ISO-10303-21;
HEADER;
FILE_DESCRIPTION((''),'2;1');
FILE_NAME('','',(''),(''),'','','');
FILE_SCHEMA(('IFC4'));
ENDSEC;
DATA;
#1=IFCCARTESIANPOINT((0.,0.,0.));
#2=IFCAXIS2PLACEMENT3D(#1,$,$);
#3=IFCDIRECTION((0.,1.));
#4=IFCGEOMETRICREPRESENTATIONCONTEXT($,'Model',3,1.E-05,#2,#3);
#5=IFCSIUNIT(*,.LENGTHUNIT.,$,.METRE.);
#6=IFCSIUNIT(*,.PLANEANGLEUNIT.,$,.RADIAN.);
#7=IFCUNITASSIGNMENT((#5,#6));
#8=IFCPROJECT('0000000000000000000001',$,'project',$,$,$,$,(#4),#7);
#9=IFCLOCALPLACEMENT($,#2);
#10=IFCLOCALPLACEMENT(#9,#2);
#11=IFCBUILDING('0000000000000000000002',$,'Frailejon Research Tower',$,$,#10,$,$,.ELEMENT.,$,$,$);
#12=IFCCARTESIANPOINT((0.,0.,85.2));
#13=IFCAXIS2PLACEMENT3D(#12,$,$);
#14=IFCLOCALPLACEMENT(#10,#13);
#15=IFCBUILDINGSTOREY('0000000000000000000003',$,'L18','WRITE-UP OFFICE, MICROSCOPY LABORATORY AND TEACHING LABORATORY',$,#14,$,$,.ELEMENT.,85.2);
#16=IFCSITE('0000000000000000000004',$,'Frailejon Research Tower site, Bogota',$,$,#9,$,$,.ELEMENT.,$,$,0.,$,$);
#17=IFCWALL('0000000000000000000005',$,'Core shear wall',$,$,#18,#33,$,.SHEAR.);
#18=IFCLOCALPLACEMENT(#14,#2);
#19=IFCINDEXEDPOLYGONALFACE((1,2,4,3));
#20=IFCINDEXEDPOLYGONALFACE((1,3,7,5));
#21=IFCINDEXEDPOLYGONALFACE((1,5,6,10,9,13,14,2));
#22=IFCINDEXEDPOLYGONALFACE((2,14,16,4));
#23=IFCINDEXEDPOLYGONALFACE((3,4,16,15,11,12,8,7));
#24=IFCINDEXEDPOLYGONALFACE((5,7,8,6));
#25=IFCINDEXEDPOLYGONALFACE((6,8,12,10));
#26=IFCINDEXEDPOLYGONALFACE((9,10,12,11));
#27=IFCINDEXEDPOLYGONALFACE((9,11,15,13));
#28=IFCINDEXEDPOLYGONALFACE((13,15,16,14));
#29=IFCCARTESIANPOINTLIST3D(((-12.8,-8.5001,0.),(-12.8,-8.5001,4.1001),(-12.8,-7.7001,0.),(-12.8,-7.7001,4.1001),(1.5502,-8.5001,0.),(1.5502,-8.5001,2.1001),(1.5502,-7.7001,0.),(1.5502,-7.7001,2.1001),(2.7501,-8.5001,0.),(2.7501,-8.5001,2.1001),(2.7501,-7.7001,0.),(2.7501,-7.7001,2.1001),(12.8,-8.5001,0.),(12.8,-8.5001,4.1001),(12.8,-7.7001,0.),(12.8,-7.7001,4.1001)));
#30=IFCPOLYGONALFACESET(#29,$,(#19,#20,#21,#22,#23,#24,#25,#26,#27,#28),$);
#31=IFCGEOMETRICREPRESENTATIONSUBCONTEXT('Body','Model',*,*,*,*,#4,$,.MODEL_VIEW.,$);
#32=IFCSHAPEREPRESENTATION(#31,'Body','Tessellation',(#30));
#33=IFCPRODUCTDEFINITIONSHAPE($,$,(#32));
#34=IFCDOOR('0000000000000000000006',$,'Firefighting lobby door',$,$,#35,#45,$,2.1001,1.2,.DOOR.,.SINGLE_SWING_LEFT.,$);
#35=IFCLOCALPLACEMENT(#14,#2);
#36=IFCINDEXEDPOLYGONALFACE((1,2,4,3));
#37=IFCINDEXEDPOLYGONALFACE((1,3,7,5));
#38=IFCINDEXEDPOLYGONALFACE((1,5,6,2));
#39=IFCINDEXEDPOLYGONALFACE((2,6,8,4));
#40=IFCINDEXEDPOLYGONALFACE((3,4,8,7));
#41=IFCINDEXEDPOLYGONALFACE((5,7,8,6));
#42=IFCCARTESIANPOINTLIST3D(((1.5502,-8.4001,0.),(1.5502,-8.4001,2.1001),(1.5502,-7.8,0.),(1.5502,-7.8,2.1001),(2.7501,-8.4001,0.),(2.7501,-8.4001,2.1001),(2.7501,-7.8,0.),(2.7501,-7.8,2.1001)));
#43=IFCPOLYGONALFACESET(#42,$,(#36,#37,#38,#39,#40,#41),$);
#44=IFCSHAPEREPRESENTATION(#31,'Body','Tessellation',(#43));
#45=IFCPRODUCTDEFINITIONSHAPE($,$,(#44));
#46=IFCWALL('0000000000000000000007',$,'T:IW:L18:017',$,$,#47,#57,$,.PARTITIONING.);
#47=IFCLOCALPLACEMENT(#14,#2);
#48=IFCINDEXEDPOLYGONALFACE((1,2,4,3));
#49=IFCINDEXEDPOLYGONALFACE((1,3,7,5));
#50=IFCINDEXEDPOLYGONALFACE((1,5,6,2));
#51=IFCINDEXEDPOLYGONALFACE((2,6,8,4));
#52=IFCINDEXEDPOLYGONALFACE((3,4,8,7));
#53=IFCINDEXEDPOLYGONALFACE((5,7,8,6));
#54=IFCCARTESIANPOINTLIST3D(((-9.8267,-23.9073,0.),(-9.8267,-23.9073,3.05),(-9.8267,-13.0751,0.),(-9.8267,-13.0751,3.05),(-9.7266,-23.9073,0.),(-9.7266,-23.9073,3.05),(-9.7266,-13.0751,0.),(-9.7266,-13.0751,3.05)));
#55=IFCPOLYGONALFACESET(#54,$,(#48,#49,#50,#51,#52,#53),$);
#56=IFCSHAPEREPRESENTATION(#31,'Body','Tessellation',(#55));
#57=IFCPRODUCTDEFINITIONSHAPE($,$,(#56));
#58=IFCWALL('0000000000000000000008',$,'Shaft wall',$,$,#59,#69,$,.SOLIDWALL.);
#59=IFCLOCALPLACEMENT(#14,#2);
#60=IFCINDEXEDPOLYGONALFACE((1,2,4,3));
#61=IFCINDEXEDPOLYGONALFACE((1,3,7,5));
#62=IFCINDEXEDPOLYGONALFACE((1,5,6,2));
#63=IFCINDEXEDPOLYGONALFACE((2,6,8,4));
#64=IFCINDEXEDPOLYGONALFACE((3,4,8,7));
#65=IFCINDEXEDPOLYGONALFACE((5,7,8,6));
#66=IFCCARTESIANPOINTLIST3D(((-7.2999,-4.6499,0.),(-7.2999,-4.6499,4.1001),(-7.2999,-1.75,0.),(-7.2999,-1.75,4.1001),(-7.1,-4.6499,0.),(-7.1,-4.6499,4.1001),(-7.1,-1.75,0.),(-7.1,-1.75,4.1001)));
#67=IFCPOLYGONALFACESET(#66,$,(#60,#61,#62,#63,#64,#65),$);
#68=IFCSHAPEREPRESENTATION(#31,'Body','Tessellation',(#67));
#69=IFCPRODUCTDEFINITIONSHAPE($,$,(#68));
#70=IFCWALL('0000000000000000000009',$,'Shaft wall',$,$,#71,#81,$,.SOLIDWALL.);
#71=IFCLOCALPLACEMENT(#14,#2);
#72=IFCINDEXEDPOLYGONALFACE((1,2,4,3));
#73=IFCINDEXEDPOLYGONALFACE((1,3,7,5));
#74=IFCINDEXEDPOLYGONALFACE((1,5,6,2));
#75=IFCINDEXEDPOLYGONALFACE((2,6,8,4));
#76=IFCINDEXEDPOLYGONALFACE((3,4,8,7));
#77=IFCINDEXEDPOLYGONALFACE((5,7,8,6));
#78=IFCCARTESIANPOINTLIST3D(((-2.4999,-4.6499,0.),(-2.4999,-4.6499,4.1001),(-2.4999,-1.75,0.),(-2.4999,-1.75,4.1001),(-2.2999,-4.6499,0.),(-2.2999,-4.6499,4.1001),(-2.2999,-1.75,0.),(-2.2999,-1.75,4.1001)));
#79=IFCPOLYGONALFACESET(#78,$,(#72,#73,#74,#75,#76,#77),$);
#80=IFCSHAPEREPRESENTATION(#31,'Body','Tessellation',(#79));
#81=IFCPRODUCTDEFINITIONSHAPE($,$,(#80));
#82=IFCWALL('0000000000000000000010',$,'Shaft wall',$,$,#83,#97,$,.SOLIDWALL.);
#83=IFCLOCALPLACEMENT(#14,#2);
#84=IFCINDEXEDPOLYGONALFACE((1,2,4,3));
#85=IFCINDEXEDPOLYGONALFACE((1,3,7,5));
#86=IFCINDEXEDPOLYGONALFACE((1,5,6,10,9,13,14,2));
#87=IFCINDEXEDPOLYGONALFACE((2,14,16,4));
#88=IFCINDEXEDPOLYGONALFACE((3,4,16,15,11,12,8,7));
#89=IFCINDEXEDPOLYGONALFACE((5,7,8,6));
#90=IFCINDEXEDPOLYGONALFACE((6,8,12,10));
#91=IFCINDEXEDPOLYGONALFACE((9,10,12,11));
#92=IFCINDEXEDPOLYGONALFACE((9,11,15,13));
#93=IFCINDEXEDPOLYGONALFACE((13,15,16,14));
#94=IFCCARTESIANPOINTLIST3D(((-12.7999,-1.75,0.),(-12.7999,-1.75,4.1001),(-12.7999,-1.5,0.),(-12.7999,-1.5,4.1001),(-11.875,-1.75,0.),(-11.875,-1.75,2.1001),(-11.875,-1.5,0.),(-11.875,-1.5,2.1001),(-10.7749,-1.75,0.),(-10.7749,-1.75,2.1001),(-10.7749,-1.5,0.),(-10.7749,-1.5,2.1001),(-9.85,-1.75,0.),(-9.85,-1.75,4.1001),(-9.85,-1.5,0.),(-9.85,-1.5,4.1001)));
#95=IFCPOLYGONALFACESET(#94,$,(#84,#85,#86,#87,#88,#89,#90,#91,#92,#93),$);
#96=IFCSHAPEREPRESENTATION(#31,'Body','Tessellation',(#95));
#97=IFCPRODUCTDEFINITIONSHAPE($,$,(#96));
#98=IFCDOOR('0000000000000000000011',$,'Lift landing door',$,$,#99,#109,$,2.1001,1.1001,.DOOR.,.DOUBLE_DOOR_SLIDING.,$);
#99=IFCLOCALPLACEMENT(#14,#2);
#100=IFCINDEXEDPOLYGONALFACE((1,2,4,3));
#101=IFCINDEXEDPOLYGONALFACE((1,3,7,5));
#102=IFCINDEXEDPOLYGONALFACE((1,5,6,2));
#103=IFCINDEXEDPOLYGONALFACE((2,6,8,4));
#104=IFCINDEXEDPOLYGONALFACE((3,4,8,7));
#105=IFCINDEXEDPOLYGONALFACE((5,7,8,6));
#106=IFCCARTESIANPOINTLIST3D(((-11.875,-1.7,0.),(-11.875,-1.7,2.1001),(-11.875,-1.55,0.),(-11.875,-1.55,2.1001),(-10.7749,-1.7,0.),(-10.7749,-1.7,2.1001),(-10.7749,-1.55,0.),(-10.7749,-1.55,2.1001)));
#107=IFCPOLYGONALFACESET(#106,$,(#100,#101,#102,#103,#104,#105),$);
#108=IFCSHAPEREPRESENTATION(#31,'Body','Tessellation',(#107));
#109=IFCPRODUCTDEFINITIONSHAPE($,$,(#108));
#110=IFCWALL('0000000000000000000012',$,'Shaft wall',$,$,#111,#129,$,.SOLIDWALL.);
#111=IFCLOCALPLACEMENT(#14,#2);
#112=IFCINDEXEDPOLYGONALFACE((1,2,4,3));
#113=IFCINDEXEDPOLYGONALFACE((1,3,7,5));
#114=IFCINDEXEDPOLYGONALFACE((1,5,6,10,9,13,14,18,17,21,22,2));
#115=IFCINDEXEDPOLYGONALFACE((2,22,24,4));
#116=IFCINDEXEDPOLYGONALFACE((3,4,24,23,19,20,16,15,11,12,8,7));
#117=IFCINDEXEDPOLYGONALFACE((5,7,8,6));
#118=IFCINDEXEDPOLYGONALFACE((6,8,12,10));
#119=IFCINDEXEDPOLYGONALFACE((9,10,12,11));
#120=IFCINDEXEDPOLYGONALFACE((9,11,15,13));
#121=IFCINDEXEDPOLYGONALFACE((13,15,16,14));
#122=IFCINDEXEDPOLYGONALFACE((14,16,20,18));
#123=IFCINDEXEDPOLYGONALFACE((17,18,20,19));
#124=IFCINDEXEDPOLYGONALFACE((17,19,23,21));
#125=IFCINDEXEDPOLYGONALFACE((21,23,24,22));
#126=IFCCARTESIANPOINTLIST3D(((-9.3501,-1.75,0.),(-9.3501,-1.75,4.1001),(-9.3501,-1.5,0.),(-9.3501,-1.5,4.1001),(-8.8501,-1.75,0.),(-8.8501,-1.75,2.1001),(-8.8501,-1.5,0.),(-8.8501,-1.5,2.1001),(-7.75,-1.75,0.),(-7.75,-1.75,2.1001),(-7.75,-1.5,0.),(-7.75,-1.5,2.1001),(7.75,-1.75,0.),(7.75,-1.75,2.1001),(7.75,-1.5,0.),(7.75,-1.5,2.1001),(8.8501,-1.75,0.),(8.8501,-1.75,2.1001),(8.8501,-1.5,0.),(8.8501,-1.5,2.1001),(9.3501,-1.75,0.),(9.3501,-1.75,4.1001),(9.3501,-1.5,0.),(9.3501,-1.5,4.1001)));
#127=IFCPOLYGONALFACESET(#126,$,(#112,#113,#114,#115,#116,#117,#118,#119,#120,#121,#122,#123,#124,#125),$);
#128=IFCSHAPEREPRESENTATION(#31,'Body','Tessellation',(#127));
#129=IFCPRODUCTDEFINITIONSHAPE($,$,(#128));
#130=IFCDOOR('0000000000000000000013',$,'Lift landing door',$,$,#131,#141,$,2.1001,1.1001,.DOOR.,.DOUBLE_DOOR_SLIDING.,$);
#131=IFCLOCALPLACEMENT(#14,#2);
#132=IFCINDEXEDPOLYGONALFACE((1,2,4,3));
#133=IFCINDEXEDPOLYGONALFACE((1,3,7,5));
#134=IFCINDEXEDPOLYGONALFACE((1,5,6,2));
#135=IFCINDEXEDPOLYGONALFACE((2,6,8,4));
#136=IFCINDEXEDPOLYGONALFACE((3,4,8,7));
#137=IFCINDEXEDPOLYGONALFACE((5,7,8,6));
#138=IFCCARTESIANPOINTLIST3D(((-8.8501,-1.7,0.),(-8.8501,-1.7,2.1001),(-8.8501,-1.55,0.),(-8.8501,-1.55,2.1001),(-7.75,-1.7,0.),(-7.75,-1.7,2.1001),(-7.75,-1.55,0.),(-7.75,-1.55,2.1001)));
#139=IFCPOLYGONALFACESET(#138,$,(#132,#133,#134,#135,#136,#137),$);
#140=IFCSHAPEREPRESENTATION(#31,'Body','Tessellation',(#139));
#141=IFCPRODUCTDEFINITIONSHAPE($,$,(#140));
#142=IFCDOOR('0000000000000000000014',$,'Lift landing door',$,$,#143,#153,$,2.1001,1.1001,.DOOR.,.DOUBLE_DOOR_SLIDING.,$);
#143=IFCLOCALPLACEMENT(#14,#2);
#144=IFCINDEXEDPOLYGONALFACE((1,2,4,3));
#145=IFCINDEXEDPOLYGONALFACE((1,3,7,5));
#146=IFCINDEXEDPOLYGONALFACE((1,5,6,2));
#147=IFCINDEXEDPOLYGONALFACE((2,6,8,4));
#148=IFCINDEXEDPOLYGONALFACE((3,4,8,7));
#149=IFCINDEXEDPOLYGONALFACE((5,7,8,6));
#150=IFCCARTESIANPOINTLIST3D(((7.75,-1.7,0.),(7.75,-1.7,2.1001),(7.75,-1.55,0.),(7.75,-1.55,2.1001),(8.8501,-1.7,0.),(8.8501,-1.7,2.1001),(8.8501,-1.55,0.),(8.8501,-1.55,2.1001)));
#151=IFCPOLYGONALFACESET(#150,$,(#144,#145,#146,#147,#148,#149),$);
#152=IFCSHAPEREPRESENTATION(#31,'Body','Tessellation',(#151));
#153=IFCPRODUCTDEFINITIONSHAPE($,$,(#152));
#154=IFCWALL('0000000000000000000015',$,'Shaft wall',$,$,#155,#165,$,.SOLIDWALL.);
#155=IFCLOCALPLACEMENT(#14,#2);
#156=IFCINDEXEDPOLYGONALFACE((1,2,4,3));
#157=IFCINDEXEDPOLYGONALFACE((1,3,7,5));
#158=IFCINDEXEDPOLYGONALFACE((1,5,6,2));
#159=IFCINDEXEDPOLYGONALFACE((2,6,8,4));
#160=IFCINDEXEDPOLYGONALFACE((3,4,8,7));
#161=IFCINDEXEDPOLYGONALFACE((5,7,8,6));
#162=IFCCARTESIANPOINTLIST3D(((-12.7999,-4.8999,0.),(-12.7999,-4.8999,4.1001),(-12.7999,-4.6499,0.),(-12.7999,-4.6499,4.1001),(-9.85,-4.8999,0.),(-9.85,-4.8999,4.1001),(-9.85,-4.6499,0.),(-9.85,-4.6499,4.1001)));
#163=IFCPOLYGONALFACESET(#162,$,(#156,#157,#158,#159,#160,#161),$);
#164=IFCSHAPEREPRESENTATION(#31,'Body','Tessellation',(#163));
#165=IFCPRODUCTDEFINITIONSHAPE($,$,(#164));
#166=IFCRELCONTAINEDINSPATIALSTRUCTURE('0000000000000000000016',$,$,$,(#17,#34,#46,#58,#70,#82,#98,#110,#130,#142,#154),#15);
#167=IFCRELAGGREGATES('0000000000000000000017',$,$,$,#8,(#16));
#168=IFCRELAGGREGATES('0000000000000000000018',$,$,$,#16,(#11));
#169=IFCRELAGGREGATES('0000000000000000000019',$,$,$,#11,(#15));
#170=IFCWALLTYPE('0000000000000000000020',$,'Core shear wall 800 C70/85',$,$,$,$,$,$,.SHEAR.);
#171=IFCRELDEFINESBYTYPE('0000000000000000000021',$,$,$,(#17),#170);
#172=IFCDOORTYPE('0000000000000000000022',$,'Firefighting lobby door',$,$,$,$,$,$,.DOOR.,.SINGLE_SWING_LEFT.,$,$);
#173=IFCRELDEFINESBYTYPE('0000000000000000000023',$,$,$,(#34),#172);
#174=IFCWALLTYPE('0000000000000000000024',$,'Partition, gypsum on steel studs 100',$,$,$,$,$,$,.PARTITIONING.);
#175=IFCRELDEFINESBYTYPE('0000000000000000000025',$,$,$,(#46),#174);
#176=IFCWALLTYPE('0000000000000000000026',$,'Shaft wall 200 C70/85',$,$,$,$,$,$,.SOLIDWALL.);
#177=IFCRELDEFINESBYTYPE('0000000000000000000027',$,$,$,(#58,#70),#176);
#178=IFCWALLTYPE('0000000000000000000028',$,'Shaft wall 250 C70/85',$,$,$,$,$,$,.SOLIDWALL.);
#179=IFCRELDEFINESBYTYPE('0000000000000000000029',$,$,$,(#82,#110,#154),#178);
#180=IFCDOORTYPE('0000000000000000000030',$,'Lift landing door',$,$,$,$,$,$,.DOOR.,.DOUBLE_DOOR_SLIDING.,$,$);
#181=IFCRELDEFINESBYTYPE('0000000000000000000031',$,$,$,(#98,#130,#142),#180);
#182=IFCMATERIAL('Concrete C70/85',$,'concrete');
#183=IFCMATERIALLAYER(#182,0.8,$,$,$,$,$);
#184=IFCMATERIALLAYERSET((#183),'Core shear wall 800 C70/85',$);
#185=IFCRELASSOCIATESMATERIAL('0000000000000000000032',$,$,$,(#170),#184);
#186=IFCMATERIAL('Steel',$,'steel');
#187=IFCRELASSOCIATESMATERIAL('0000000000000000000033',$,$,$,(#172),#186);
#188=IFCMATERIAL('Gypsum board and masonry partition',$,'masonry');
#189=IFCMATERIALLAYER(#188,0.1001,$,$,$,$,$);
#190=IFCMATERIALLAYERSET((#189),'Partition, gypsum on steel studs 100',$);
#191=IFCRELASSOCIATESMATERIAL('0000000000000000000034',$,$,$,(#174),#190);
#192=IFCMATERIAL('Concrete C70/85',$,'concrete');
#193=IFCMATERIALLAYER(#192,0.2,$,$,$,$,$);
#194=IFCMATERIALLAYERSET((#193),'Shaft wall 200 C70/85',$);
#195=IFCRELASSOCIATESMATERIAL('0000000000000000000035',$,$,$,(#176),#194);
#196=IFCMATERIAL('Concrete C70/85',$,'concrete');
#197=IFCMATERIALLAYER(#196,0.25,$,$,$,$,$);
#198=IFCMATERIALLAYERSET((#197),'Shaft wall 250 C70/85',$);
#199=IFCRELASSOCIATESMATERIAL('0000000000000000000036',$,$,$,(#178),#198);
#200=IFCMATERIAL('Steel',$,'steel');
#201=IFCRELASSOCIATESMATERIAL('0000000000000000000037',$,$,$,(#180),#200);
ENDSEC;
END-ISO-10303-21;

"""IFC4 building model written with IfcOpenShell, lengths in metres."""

from ifc_helpers import new_model, si_unit, direction, frame, frame_2d, origin, place, context, subcontext, project, spatial, rectangle, extrude, material, layer, layer_set, type_object, element, fill, save


model = new_model("IFC4")

# Units and contexts
model_context = context("Model", 3, precision=1e-05, world=origin(), true_north=direction((0.0, 1.0)))
body_context = subcontext(model_context, "Body", "Model", "MODEL_VIEW")
ifc_project = project(units=[si_unit("LENGTHUNIT", "METRE"), si_unit("PLANEANGLEUNIT", "RADIAN")], contexts=[model_context])

# Site, building, storey
site_placement = place(None, origin())
site = spatial("IfcSite", under=ifc_project, at=site_placement, Name="Frailejon Research Tower site, Bogota", CompositionType="ELEMENT", RefElevation=0.0)
building_placement = place(site_placement, origin())
building = spatial("IfcBuilding", under=site, at=building_placement, Name="Frailejon Research Tower", CompositionType="ELEMENT")
storey_placement = place(building_placement, frame((0.0, 0.0, 85.2)))
storey = spatial("IfcBuildingStorey", under=building, at=storey_placement, Name="L18", Description="WRITE-UP OFFICE, MICROSCOPY LABORATORY AND TEACHING LABORATORY", CompositionType="ELEMENT", Elevation=85.2)

# Shared definitions
ifc_material_1 = material(Name="Concrete C70/85", Category="concrete")
ifc_layer_1 = layer(ifc_material_1, 0.8)
ifc_layer_set_1 = layer_set([ifc_layer_1], Name="Core shear wall 800 C70/85")
wall_type_1 = type_object("IfcWallType", Name="Core shear wall 800 C70/85", PredefinedType="SHEAR", material=ifc_layer_set_1)

# Wall, opening, door
wall_1_placement = place(storey_placement, frame((-12.8, -8.1001, 0.0), z_axis=(0.0, 0.0, 1.0), x_axis=(1.0, 0.0, 0.0)))
wall_1 = element("IfcWall", 1, at=wall_1_placement, inside=storey, type_object=wall_type_1, Name="Core shear wall", PredefinedType="SHEAR", context=body_context, shape_type="SweptSolid", body=[
    extrude(rectangle(XDim=25.6001, YDim=0.8, at=frame_2d((12.8, 0.0))), origin(), (0.0, 0.0, 1.0), 4.1001),
])
opening_1_placement = place(wall_1_placement, frame((14.3501, 0.0, 0.0)))
opening_1 = element("IfcOpeningElement", 2, at=opening_1_placement, cuts=wall_1, PredefinedType="OPENING", context=body_context, shape_type="SweptSolid", body=[
    extrude(rectangle(XDim=1.2, YDim=2.1001, at=frame_2d((0.6001, 1.05))), frame((0.0, 0.4099, 0.0), z_axis=(0.0, -1.0, 0.0), x_axis=(1.0, 0.0, 0.0)), (0.0, 0.0, 1.0), 0.8201),
])
ifc_material_2 = material(Name="Steel", Category="steel")
door_type_1 = type_object("IfcDoorType", Name="Firefighting lobby door", OperationType="SINGLE_SWING_LEFT", PredefinedType="DOOR", material=ifc_material_2)
door_1_placement = place(opening_1_placement, origin())
door_1 = element("IfcDoor", 3, at=door_1_placement, inside=storey, type_object=door_type_1, Name="Firefighting lobby door", OperationType="SINGLE_SWING_LEFT", OverallHeight=2.1001, OverallWidth=1.2, PredefinedType="DOOR", context=body_context, shape_type="SweptSolid", body=[
    extrude(rectangle(XDim=1.2, YDim=2.1001, at=frame_2d((0.6001, 1.05))), frame((0.0, 0.3, 0.0), z_axis=(0.0, -1.0, 0.0), x_axis=(1.0, 0.0, 0.0)), (0.0, 0.0, 1.0), 0.6001),
])
fill(opening_1, door_1)

# Walls
ifc_material_3 = material(Name="Gypsum board and masonry partition", Category="masonry")
ifc_layer_2 = layer(ifc_material_3, 0.1001)
ifc_layer_set_2 = layer_set([ifc_layer_2], Name="Partition, gypsum on steel studs 100")
wall_type_2 = type_object("IfcWallType", Name="Partition, gypsum on steel studs 100", PredefinedType="PARTITIONING", material=ifc_layer_set_2)
wall_2_placement = place(storey_placement, frame((-9.7766, -23.9072, 0.0), z_axis=(0.0, 0.0, 1.0), x_axis=(0.0, 1.0, 0.0)))
element("IfcWall", 4, at=wall_2_placement, inside=storey, type_object=wall_type_2, Name="T:IW:L18:017", PredefinedType="PARTITIONING", context=body_context, shape_type="SweptSolid", body=[
    extrude(rectangle(XDim=10.8323, YDim=0.1001, at=frame_2d((5.416, 0.0))), origin(), (0.0, 0.0, 1.0), 3.05),
])
ifc_material_4 = material(Name="Concrete C70/85", Category="concrete")
ifc_layer_3 = layer(ifc_material_4, 0.2)
ifc_layer_set_3 = layer_set([ifc_layer_3], Name="Shaft wall 200 C70/85")
wall_type_3 = type_object("IfcWallType", Name="Shaft wall 200 C70/85", PredefinedType="SOLIDWALL", material=ifc_layer_set_3)
for number, where, z_axis, x_axis, name in (
    (5, (-7.2, -4.6499, 0.0), (0.0, 0.0, 1.0), (0.0, 1.0, 0.0), "Shaft wall"),
    (6, (-2.3999, -4.6499, 0.0), (0.0, 0.0, 1.0), (0.0, 1.0, 0.0), "Shaft wall"),
):
    element("IfcWall", number, at=place(storey_placement, frame(where, z_axis=z_axis, x_axis=x_axis)), inside=storey, type_object=wall_type_3, Name=name, PredefinedType="SOLIDWALL", context=body_context, shape_type="SweptSolid", body=[
        extrude(rectangle(XDim=2.8999, YDim=0.2, at=frame_2d((1.45, 0.0))), origin(), (0.0, 0.0, 1.0), 4.1001),
    ])

# Wall, opening, door
ifc_material_5 = material(Name="Concrete C70/85", Category="concrete")
ifc_layer_4 = layer(ifc_material_5, 0.25)
ifc_layer_set_4 = layer_set([ifc_layer_4], Name="Shaft wall 250 C70/85")
wall_type_4 = type_object("IfcWallType", Name="Shaft wall 250 C70/85", PredefinedType="SOLIDWALL", material=ifc_layer_set_4)
wall_3_placement = place(storey_placement, frame((-12.8, -1.625, 0.0), z_axis=(0.0, 0.0, 1.0), x_axis=(1.0, 0.0, 0.0)))
wall_3 = element("IfcWall", 7, at=wall_3_placement, inside=storey, type_object=wall_type_4, Name="Shaft wall", PredefinedType="SOLIDWALL", context=body_context, shape_type="SweptSolid", body=[
    extrude(rectangle(XDim=2.95, YDim=0.25, at=frame_2d((1.4751, 0.0))), origin(), (0.0, 0.0, 1.0), 4.1001),
])
opening_2_placement = place(wall_3_placement, frame((0.925, 0.0, 0.0)))
opening_2 = element("IfcOpeningElement", 8, at=opening_2_placement, cuts=wall_3, PredefinedType="OPENING", context=body_context, shape_type="SweptSolid", body=[
    extrude(rectangle(XDim=1.1001, YDim=2.1001, at=frame_2d((0.55, 1.05))), frame((0.0, 0.135, 0.0), z_axis=(0.0, -1.0, 0.0), x_axis=(1.0, 0.0, 0.0)), (0.0, 0.0, 1.0), 0.27),
])
ifc_material_6 = material(Name="Steel", Category="steel")
door_type_2 = type_object("IfcDoorType", Name="Lift landing door", OperationType="DOUBLE_DOOR_SLIDING", PredefinedType="DOOR", material=ifc_material_6)
door_2_placement = place(opening_2_placement, origin())
door_2 = element("IfcDoor", 9, at=door_2_placement, inside=storey, type_object=door_type_2, Name="Lift landing door", OperationType="DOUBLE_DOOR_SLIDING", OverallHeight=2.1001, OverallWidth=1.1001, PredefinedType="DOOR", context=body_context, shape_type="SweptSolid", body=[
    extrude(rectangle(XDim=1.1001, YDim=2.1001, at=frame_2d((0.55, 1.05))), frame((0.0, 0.075, 0.0), z_axis=(0.0, -1.0, 0.0), x_axis=(1.0, 0.0, 0.0)), (0.0, 0.0, 1.0), 0.1499),
])
fill(opening_2, door_2)

# Wall, openings, doors
wall_4_placement = place(storey_placement, frame((-9.3501, -1.625, 0.0), z_axis=(0.0, 0.0, 1.0), x_axis=(1.0, 0.0, 0.0)))
wall_4 = element("IfcWall", 10, at=wall_4_placement, inside=storey, type_object=wall_type_4, Name="Shaft wall", PredefinedType="SOLIDWALL", context=body_context, shape_type="SweptSolid", body=[
    extrude(rectangle(XDim=18.7002, YDim=0.25, at=frame_2d((9.3501, 0.0))), origin(), (0.0, 0.0, 1.0), 4.1001),
])
opening_3_placement = place(wall_4_placement, frame((0.5, 0.0, 0.0)))
opening_3 = element("IfcOpeningElement", 11, at=opening_3_placement, cuts=wall_4, PredefinedType="OPENING", context=body_context, shape_type="SweptSolid", body=[
    extrude(rectangle(XDim=1.1001, YDim=2.1001, at=frame_2d((0.55, 1.05))), frame((0.0, 0.135, 0.0), z_axis=(0.0, -1.0, 0.0), x_axis=(1.0, 0.0, 0.0)), (0.0, 0.0, 1.0), 0.27),
])
opening_4_placement = place(wall_4_placement, frame((17.1001, 0.0, 0.0)))
opening_4 = element("IfcOpeningElement", 12, at=opening_4_placement, cuts=wall_4, PredefinedType="OPENING", context=body_context, shape_type="SweptSolid", body=[
    extrude(rectangle(XDim=1.1001, YDim=2.1001, at=frame_2d((0.55, 1.05))), frame((0.0, 0.135, 0.0), z_axis=(0.0, -1.0, 0.0), x_axis=(1.0, 0.0, 0.0)), (0.0, 0.0, 1.0), 0.27),
])
door_3_placement = place(opening_3_placement, origin())
door_3 = element("IfcDoor", 13, at=door_3_placement, inside=storey, type_object=door_type_2, Name="Lift landing door", OperationType="DOUBLE_DOOR_SLIDING", OverallHeight=2.1001, OverallWidth=1.1001, PredefinedType="DOOR", context=body_context, shape_type="SweptSolid", body=[
    extrude(rectangle(XDim=1.1001, YDim=2.1001, at=frame_2d((0.55, 1.05))), frame((0.0, 0.075, 0.0), z_axis=(0.0, -1.0, 0.0), x_axis=(1.0, 0.0, 0.0)), (0.0, 0.0, 1.0), 0.1499),
])
fill(opening_3, door_3)
door_4_placement = place(opening_4_placement, origin())
door_4 = element("IfcDoor", 14, at=door_4_placement, inside=storey, type_object=door_type_2, Name="Lift landing door", OperationType="DOUBLE_DOOR_SLIDING", OverallHeight=2.1001, OverallWidth=1.1001, PredefinedType="DOOR", context=body_context, shape_type="SweptSolid", body=[
    extrude(rectangle(XDim=1.1001, YDim=2.1001, at=frame_2d((0.55, 1.05))), frame((0.0, 0.075, 0.0), z_axis=(0.0, -1.0, 0.0), x_axis=(1.0, 0.0, 0.0)), (0.0, 0.0, 1.0), 0.1499),
])
fill(opening_4, door_4)

# Wall
wall_5_placement = place(storey_placement, frame((-12.8, -4.7749, 0.0), z_axis=(0.0, 0.0, 1.0), x_axis=(1.0, 0.0, 0.0)))
element("IfcWall", 15, at=wall_5_placement, inside=storey, type_object=wall_type_4, Name="Shaft wall", PredefinedType="SOLIDWALL", context=body_context, shape_type="SweptSolid", body=[
    extrude(rectangle(XDim=2.95, YDim=0.25, at=frame_2d((1.4751, 0.0))), origin(), (0.0, 0.0, 1.0), 4.1001),
])

save(model, "model.ifc")
